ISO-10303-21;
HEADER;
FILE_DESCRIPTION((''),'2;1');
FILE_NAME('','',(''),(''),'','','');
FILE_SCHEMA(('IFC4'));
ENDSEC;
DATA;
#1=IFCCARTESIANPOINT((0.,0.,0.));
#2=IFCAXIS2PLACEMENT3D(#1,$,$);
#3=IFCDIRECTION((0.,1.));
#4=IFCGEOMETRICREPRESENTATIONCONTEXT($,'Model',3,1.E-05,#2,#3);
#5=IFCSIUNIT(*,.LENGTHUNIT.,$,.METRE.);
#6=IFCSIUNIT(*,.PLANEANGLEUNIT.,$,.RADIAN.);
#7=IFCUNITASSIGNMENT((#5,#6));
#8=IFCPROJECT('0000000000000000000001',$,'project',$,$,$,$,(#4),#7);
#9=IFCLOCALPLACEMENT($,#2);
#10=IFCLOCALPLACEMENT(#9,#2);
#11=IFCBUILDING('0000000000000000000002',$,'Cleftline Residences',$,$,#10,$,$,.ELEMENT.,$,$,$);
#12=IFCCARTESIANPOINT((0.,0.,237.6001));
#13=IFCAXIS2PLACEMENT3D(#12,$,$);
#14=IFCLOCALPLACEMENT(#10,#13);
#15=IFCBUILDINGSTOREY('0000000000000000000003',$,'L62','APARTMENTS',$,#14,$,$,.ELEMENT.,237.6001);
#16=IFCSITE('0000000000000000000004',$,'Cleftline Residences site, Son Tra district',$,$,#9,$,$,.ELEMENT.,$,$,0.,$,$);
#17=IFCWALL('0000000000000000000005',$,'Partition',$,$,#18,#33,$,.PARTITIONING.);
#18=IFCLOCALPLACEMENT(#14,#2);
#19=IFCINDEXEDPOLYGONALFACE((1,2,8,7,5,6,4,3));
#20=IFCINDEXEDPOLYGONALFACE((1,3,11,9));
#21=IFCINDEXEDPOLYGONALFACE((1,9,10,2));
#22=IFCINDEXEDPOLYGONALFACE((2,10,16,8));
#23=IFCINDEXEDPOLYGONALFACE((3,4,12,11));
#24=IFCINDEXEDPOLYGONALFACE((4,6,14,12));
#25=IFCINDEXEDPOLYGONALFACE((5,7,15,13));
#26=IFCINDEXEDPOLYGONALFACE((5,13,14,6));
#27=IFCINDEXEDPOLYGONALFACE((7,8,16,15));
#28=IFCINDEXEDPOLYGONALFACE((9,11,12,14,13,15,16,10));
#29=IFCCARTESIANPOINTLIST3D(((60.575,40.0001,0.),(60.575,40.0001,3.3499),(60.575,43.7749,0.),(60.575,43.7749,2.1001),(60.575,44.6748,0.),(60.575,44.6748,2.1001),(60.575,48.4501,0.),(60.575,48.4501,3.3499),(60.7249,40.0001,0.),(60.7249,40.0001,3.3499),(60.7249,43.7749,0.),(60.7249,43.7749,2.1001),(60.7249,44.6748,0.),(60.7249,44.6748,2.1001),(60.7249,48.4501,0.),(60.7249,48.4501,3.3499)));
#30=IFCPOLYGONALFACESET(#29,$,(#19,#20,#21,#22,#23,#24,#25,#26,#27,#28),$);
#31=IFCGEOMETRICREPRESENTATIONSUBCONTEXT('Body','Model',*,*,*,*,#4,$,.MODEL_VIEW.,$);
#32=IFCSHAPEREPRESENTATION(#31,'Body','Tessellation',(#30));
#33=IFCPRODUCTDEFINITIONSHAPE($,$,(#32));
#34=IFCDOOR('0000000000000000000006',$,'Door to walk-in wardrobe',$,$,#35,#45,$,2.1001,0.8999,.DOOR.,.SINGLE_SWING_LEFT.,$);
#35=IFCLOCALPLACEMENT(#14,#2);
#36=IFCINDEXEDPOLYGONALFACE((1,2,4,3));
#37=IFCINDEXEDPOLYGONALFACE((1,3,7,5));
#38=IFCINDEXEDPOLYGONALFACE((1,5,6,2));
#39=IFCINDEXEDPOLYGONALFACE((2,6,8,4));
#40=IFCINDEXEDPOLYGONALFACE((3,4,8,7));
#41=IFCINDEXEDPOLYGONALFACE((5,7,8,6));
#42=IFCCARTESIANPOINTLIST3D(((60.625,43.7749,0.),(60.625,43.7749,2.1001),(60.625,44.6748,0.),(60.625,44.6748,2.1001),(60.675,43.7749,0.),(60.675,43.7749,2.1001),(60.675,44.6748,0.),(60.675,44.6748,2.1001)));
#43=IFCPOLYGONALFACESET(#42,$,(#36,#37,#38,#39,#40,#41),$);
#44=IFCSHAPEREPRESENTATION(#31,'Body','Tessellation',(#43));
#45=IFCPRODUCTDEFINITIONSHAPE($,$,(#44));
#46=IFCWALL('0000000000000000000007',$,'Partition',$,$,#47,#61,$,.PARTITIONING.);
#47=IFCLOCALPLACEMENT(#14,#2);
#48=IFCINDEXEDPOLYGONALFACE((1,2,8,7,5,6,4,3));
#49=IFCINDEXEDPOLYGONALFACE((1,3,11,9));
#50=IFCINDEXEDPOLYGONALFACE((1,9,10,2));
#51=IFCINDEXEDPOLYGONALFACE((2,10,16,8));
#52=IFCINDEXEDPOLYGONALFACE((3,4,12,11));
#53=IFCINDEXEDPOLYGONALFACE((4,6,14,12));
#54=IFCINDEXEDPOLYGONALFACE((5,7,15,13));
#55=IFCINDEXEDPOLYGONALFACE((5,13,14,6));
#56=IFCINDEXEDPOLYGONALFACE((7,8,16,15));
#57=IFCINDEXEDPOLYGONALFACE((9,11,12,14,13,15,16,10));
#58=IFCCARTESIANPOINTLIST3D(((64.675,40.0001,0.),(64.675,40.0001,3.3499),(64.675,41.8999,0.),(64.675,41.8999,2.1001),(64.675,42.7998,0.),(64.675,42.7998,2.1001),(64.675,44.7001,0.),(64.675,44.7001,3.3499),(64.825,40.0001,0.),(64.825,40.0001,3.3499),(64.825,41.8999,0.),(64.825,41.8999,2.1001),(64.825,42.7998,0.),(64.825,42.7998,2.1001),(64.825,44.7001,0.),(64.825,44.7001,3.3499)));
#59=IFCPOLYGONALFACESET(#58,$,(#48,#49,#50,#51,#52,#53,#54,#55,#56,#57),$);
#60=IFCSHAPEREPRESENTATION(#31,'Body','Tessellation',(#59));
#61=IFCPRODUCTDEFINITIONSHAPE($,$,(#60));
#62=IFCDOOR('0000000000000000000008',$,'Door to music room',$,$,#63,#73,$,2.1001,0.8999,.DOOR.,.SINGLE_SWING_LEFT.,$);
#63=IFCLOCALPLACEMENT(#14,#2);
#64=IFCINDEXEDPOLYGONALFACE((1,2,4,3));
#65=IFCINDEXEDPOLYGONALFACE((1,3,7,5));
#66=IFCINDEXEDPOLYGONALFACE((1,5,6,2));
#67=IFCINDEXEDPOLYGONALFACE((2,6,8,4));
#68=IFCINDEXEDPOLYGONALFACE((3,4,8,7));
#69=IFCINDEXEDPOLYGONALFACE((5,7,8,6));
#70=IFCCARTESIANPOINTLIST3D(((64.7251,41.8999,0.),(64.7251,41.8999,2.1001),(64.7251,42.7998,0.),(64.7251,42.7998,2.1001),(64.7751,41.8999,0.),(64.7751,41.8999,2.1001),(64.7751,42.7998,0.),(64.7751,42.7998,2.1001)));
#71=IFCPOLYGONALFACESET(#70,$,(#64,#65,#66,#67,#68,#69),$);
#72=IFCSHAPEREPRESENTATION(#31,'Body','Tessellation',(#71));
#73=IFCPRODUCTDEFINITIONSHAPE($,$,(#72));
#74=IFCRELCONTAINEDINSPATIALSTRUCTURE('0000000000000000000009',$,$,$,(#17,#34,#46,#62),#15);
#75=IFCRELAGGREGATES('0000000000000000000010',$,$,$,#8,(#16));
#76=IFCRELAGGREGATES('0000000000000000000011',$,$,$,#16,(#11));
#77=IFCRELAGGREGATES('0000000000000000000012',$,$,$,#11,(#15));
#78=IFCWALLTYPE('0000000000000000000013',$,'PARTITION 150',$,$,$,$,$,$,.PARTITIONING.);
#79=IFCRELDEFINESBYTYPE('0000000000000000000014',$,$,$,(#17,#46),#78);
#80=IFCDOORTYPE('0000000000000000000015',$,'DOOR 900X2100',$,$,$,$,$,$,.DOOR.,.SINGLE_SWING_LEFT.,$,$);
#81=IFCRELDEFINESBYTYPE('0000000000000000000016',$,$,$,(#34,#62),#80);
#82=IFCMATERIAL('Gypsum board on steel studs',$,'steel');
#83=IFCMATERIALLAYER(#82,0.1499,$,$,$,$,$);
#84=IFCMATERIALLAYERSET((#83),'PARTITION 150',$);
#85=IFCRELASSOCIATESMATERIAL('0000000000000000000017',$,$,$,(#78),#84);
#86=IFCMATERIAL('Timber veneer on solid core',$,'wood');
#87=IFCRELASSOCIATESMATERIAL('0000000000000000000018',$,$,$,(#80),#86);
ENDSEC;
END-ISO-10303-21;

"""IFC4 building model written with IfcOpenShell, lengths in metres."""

from ifc_helpers import new_model, si_unit, direction, frame, frame_2d, origin, place, context, subcontext, project, spatial, rectangle, extrude, material, layer, layer_set, type_object, element, fill, save


model = new_model("IFC4")

# Units and contexts
model_context = context("Model", 3, precision=1e-05, world=origin(), true_north=direction((0.0, 1.0)))
body_context = subcontext(model_context, "Body", "Model", "MODEL_VIEW")
ifc_project = project(units=[si_unit("LENGTHUNIT", "METRE"), si_unit("PLANEANGLEUNIT", "RADIAN")], contexts=[model_context])

# Site, building, storey
site_placement = place(None, origin())
site = spatial("IfcSite", under=ifc_project, at=site_placement, Name="Cleftline Residences site, Son Tra district", CompositionType="ELEMENT", RefElevation=0.0)
building_placement = place(site_placement, origin())
building = spatial("IfcBuilding", under=site, at=building_placement, Name="Cleftline Residences", CompositionType="ELEMENT")
storey_placement = place(building_placement, frame((0.0, 0.0, 237.6001)))
storey = spatial("IfcBuildingStorey", under=building, at=storey_placement, Name="L62", Description="APARTMENTS", CompositionType="ELEMENT", Elevation=237.6001)

# Shared definitions
ifc_material_1 = material(Name="Gypsum board on steel studs", Category="steel")
ifc_layer_1 = layer(ifc_material_1, 0.1499)
ifc_layer_set_1 = layer_set([ifc_layer_1], Name="PARTITION 150")
wall_type_1 = type_object("IfcWallType", Name="PARTITION 150", PredefinedType="PARTITIONING", material=ifc_layer_set_1)

# Walls, openings, doors
wall_1_placement = place(storey_placement, frame((60.6499, 40.0, 0.0), z_axis=(0.0, 0.0, 1.0), x_axis=(0.0, 1.0, 0.0)))
wall_1 = element("IfcWall", 1, at=wall_1_placement, inside=storey, type_object=wall_type_1, Name="Partition", PredefinedType="PARTITIONING", context=body_context, shape_type="SweptSolid", body=[
    extrude(rectangle(XDim=8.45, YDim=0.1499, at=frame_2d((4.2251, 0.0))), origin(), (0.0, 0.0, 1.0), 3.3499),
])
opening_1_placement = place(wall_1_placement, frame((3.7749, 0.0, 0.0)))
opening_1 = element("IfcOpeningElement", 2, at=opening_1_placement, cuts=wall_1, PredefinedType="OPENING", context=body_context, shape_type="SweptSolid", body=[
    extrude(rectangle(XDim=0.8999, YDim=2.1001, at=frame_2d((0.45, 1.05))), frame((0.0, 0.085, 0.0), z_axis=(0.0, -1.0, 0.0), x_axis=(1.0, 0.0, 0.0)), (0.0, 0.0, 1.0), 0.1699),
])
ifc_material_2 = material(Name="Timber veneer on solid core", Category="wood")
door_type = type_object("IfcDoorType", Name="DOOR 900X2100", OperationType="SINGLE_SWING_LEFT", PredefinedType="DOOR", material=ifc_material_2)
door_1_placement = place(opening_1_placement, origin())
door_1 = element("IfcDoor", 3, at=door_1_placement, inside=storey, type_object=door_type, Name="Door to walk-in wardrobe", OperationType="SINGLE_SWING_LEFT", OverallHeight=2.1001, OverallWidth=0.8999, PredefinedType="DOOR", context=body_context, shape_type="SweptSolid", body=[
    extrude(rectangle(XDim=0.8999, YDim=2.1001, at=frame_2d((0.45, 1.05))), frame((0.0, 0.0249, 0.0), z_axis=(0.0, -1.0, 0.0), x_axis=(1.0, 0.0, 0.0)), (0.0, 0.0, 1.0), 0.05),
])
fill(opening_1, door_1)
wall_2_placement = place(storey_placement, frame((64.75, 40.0, 0.0), z_axis=(0.0, 0.0, 1.0), x_axis=(0.0, 1.0, 0.0)))
wall_2 = element("IfcWall", 4, at=wall_2_placement, inside=storey, type_object=wall_type_1, Name="Partition", PredefinedType="PARTITIONING", context=body_context, shape_type="SweptSolid", body=[
    extrude(rectangle(XDim=4.7, YDim=0.1499, at=frame_2d((2.3501, 0.0))), origin(), (0.0, 0.0, 1.0), 3.3499),
])
opening_2_placement = place(wall_2_placement, frame((1.8999, 0.0, 0.0)))
opening_2 = element("IfcOpeningElement", 5, at=opening_2_placement, cuts=wall_2, PredefinedType="OPENING", context=body_context, shape_type="SweptSolid", body=[
    extrude(rectangle(XDim=0.8999, YDim=2.1001, at=frame_2d((0.45, 1.05))), frame((0.0, 0.085, 0.0), z_axis=(0.0, -1.0, 0.0), x_axis=(1.0, 0.0, 0.0)), (0.0, 0.0, 1.0), 0.1699),
])
door_2_placement = place(opening_2_placement, origin())
door_2 = element("IfcDoor", 6, at=door_2_placement, inside=storey, type_object=door_type, Name="Door to music room", OperationType="SINGLE_SWING_LEFT", OverallHeight=2.1001, OverallWidth=0.8999, PredefinedType="DOOR", context=body_context, shape_type="SweptSolid", body=[
    extrude(rectangle(XDim=0.8999, YDim=2.1001, at=frame_2d((0.45, 1.05))), frame((0.0, 0.0249, 0.0), z_axis=(0.0, -1.0, 0.0), x_axis=(1.0, 0.0, 0.0)), (0.0, 0.0, 1.0), 0.05),
])
fill(opening_2, door_2)

save(model, "model.ifc")
